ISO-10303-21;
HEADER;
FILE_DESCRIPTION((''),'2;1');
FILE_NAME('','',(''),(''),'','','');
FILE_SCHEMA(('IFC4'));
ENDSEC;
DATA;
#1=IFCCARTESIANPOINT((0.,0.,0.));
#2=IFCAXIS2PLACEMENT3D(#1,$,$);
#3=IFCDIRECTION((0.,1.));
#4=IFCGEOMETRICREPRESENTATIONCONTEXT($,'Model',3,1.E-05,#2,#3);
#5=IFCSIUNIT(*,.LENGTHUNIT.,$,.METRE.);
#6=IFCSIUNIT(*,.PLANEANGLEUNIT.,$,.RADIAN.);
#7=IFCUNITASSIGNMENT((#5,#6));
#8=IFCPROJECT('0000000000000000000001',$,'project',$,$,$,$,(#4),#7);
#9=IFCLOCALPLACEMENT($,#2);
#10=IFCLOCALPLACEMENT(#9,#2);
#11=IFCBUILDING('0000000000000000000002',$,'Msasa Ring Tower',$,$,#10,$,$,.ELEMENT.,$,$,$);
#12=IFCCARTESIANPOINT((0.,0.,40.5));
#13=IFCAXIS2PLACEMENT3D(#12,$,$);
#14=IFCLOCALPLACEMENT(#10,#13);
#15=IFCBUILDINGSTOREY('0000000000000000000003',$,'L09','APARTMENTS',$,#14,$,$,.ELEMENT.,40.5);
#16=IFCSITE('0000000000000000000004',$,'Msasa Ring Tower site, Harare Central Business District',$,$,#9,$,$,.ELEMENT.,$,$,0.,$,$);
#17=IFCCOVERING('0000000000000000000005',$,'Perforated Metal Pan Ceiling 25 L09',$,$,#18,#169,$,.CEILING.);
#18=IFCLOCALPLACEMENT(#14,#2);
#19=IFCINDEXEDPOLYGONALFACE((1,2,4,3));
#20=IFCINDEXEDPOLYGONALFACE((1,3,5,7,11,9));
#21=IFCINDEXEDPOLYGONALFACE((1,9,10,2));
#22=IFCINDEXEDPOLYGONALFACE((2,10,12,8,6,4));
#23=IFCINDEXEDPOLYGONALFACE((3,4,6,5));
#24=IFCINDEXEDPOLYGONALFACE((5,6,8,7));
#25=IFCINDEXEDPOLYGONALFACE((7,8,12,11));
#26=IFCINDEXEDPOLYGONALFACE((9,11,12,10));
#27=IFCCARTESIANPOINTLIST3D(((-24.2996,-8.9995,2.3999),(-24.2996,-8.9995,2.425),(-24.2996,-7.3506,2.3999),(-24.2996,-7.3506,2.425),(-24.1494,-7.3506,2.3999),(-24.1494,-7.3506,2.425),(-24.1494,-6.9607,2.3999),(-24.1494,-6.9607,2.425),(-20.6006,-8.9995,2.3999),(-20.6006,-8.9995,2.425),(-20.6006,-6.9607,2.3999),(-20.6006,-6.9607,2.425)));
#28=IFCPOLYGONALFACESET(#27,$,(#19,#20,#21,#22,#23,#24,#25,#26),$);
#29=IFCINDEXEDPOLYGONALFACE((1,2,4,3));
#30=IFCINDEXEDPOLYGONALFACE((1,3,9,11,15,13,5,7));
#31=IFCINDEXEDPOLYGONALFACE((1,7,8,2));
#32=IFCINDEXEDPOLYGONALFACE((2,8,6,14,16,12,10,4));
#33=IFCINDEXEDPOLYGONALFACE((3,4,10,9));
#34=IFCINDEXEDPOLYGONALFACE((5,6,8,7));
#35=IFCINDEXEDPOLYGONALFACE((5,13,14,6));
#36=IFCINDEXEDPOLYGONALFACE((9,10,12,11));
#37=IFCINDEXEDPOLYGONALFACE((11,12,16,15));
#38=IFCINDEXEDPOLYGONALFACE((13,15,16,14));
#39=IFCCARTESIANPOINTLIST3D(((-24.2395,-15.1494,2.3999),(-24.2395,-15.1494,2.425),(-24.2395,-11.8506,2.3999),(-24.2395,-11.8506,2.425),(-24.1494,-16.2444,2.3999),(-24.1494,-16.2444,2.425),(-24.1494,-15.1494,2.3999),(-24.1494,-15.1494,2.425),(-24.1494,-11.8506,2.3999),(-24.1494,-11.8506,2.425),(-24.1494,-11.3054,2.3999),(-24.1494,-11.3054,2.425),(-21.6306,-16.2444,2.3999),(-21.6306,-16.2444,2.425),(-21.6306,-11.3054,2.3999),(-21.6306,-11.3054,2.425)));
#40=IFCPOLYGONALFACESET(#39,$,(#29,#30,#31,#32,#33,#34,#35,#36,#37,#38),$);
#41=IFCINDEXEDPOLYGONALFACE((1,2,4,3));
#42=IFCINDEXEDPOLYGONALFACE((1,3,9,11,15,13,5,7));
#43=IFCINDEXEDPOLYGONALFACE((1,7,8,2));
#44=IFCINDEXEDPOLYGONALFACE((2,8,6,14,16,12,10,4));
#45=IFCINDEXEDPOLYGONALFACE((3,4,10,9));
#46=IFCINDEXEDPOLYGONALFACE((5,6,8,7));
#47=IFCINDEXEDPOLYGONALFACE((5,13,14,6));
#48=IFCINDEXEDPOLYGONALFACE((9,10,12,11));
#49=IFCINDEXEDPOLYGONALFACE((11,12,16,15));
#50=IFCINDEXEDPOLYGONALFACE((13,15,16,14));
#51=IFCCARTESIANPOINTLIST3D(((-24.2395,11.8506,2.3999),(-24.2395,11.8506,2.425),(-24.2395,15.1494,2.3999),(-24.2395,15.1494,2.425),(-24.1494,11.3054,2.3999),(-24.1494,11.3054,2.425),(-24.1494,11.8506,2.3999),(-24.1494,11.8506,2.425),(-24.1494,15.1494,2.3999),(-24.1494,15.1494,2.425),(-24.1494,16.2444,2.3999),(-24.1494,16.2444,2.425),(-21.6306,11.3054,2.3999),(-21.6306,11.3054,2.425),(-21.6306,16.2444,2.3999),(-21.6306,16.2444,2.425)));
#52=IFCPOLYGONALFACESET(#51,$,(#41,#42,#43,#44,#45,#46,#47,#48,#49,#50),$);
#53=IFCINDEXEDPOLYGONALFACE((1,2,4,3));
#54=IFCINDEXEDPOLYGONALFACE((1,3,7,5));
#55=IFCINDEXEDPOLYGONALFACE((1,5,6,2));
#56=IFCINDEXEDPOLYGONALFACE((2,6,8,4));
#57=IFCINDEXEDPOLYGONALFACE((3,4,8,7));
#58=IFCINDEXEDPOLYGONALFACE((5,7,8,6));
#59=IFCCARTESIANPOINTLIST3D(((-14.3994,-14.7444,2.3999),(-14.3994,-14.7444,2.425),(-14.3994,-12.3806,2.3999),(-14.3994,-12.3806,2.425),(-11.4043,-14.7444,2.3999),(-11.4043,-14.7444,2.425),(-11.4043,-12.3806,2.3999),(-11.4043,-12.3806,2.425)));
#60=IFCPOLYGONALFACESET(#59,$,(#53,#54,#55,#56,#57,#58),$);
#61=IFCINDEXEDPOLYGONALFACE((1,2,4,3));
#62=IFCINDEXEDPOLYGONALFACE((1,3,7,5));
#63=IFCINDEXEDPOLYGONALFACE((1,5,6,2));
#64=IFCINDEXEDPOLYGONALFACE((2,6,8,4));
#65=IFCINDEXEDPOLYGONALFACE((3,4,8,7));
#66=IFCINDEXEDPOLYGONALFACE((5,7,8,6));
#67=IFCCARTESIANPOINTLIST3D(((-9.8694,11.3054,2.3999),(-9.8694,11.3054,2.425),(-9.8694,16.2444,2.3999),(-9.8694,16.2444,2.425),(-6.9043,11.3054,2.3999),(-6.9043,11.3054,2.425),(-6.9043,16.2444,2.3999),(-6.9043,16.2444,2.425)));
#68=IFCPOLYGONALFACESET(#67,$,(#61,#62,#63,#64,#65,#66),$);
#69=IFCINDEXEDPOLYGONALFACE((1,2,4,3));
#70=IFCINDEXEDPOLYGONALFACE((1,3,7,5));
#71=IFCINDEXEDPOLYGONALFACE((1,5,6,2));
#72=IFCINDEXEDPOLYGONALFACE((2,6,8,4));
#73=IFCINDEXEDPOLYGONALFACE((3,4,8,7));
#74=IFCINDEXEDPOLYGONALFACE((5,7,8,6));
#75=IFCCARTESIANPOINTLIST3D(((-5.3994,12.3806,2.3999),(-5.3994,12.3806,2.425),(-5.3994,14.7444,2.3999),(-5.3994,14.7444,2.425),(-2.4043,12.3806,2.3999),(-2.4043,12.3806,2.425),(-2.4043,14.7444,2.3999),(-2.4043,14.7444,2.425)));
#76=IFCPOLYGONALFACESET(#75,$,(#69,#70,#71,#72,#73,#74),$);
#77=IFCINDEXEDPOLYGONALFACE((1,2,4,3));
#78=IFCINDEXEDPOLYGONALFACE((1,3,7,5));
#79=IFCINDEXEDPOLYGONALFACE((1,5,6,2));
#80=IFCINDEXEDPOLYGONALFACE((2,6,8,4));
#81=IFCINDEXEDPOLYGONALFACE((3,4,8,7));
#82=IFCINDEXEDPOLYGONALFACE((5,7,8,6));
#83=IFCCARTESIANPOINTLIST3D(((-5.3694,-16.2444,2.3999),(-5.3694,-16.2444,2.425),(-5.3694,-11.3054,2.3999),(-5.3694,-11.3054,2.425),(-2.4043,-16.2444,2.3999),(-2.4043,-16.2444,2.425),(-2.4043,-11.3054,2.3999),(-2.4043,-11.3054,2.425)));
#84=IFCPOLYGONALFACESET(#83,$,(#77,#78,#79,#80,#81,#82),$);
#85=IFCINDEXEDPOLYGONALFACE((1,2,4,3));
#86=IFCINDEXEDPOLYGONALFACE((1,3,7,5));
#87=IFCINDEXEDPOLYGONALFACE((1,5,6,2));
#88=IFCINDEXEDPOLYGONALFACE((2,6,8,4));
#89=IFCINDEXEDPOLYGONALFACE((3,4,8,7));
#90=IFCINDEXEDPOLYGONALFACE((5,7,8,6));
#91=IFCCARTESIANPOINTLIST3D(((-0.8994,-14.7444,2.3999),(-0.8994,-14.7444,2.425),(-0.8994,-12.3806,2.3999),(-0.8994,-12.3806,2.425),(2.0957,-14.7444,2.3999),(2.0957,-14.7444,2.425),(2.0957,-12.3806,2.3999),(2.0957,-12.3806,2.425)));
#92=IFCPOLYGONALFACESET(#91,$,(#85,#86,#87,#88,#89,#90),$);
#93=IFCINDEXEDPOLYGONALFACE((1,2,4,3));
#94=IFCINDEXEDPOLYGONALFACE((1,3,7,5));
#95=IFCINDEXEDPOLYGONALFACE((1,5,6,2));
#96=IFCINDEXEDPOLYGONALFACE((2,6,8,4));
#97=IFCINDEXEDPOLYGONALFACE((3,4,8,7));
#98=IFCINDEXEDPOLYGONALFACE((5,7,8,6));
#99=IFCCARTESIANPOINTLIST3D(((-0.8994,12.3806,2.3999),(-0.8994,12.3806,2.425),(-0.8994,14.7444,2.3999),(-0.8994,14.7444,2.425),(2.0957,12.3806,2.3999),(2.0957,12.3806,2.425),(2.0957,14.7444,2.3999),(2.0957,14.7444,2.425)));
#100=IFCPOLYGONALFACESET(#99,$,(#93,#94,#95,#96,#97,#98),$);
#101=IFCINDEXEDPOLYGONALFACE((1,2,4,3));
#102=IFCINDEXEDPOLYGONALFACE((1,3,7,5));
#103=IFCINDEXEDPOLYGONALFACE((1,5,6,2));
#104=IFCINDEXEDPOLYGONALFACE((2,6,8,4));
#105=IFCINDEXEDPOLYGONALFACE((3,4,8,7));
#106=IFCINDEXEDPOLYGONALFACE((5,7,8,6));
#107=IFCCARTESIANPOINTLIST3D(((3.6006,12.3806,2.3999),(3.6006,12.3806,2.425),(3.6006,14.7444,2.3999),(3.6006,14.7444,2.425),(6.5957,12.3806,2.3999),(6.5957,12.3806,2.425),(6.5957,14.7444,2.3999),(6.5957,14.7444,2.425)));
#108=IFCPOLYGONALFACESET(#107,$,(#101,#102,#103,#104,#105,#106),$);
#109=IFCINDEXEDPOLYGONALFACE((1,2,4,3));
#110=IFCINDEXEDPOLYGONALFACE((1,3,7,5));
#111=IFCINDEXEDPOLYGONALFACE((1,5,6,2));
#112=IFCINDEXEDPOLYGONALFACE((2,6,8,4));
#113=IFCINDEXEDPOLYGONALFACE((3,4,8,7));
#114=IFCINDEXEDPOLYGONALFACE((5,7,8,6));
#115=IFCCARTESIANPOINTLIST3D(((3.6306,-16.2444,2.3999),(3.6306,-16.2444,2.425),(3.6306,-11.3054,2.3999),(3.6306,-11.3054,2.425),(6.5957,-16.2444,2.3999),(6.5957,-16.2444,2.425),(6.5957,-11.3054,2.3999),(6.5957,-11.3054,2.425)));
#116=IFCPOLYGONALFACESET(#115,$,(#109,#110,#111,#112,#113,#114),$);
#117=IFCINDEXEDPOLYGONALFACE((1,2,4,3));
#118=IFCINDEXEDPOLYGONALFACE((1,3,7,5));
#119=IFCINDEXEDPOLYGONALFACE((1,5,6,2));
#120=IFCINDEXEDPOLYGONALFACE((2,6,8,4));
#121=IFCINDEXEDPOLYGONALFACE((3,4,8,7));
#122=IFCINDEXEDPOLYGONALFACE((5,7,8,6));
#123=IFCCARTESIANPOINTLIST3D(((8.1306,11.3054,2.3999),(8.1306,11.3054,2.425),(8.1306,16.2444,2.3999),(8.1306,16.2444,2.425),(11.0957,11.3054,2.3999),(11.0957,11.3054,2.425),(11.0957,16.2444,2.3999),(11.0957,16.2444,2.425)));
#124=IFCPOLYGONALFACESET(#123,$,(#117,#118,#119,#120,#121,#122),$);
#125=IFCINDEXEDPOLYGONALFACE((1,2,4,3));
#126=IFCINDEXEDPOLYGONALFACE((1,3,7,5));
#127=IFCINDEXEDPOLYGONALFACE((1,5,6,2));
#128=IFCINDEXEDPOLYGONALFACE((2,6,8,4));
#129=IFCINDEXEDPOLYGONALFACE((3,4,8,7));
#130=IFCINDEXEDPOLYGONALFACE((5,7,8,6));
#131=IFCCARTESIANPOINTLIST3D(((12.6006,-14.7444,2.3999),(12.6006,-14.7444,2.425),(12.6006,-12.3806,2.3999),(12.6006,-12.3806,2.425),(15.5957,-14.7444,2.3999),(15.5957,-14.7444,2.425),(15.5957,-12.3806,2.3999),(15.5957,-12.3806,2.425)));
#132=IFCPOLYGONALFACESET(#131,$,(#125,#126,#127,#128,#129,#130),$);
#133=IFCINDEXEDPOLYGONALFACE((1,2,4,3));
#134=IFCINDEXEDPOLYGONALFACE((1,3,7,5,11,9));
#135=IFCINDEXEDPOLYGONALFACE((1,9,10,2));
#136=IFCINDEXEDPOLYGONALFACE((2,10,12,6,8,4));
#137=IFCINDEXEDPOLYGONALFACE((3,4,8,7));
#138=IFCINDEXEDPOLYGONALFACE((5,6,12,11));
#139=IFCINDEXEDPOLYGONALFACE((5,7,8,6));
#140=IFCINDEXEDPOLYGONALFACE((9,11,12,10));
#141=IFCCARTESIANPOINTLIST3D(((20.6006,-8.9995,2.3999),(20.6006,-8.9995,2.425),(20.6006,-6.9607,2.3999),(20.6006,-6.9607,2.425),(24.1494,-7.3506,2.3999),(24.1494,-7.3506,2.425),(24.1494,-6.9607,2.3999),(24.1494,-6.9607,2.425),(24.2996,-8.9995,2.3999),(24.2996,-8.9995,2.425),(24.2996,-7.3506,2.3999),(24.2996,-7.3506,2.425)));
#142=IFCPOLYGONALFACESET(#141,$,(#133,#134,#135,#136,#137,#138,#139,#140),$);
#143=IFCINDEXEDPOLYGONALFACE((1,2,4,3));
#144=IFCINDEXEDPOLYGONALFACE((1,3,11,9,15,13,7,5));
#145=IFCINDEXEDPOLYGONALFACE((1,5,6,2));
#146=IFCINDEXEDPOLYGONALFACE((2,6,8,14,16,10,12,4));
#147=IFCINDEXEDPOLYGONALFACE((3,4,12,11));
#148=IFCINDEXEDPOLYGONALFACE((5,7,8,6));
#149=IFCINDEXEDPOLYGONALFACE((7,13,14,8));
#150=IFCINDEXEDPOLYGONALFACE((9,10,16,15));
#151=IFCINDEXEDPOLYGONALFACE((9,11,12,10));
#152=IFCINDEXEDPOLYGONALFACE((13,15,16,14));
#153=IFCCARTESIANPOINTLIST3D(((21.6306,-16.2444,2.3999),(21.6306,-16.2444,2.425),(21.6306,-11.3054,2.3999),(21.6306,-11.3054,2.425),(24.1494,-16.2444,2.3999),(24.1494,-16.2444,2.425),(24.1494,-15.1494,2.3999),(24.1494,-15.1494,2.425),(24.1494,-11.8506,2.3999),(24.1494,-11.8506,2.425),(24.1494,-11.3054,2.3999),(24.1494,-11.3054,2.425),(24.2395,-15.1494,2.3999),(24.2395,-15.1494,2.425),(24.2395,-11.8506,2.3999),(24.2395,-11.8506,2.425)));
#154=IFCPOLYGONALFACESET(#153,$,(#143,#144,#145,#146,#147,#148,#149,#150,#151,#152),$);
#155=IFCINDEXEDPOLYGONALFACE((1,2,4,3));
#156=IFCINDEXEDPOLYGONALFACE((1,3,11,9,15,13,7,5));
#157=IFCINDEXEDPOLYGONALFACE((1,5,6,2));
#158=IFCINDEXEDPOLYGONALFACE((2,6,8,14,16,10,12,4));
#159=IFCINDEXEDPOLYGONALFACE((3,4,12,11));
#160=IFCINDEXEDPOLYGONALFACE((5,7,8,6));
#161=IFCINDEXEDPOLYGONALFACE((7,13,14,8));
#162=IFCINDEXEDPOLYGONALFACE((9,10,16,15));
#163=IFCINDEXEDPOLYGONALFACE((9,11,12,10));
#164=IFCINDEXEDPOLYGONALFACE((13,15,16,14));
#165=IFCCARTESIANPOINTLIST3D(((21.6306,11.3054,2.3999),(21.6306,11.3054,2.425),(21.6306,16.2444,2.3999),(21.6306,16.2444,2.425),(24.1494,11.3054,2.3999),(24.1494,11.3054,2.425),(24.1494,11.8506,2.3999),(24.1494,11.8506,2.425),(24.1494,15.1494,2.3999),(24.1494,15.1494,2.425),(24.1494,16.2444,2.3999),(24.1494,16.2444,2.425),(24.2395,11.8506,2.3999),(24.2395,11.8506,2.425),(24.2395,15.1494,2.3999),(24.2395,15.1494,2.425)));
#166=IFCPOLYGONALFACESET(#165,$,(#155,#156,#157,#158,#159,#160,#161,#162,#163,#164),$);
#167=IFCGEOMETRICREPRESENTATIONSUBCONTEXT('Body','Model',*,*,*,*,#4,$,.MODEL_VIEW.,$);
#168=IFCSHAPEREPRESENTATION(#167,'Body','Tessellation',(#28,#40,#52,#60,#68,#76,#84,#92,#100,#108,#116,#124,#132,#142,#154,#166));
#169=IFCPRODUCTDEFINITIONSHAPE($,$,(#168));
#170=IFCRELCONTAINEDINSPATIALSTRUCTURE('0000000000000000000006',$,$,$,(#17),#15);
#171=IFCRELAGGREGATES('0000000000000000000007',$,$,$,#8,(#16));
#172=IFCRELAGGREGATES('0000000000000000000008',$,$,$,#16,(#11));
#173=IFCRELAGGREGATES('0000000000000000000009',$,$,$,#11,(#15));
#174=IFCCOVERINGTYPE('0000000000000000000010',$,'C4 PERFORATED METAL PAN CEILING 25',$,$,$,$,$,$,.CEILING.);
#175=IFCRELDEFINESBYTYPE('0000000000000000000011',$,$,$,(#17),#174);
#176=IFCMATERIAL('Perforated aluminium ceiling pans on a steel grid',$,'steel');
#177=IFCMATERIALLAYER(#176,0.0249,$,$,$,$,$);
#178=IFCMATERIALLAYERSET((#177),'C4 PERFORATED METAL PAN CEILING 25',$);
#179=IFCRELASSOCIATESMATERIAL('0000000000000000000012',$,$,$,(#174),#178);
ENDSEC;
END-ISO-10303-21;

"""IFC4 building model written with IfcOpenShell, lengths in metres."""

from ifc_helpers import new_model, si_unit, direction, frame, origin, place, context, subcontext, project, spatial, line, indexed_curve, outline, extrude, material, layer, layer_set, type_object, element, save


model = new_model("IFC4")

# Units and contexts
model_context = context("Model", 3, precision=1e-05, world=origin(), true_north=direction((0.0, 1.0)))
body_context = subcontext(model_context, "Body", "Model", "MODEL_VIEW")
ifc_project = project(units=[si_unit("LENGTHUNIT", "METRE"), si_unit("PLANEANGLEUNIT", "RADIAN")], contexts=[model_context])

# Site, building, storey
site_placement = place(None, origin())
site = spatial("IfcSite", under=ifc_project, at=site_placement, Name="Msasa Ring Tower site, Harare Central Business District", CompositionType="ELEMENT", RefElevation=0.0)
building_placement = place(site_placement, origin())
building = spatial("IfcBuilding", under=site, at=building_placement, Name="Msasa Ring Tower", CompositionType="ELEMENT")
storey_placement = place(building_placement, frame((0.0, 0.0, 40.5)))
storey = spatial("IfcBuildingStorey", under=building, at=storey_placement, Name="L09", Description="APARTMENTS", CompositionType="ELEMENT", Elevation=40.5)

# Covering
ifc_material_1 = material(Name="Perforated aluminium ceiling pans on a steel grid", Category="steel")
ifc_layer_1 = layer(ifc_material_1, 0.0249)
ifc_layer_set_1 = layer_set([ifc_layer_1], Name="C4 PERFORATED METAL PAN CEILING 25")
covering_type_1 = type_object("IfcCoveringType", Name="C4 PERFORATED METAL PAN CEILING 25", PredefinedType="CEILING", material=ifc_layer_set_1)
covering_1_placement = place(storey_placement, frame((0.0, 0.0, 2.3999)))
element("IfcCovering", 1, at=covering_1_placement, inside=storey, type_object=covering_type_1, Name="Perforated Metal Pan Ceiling 25 L09", PredefinedType="CEILING", context=body_context, shape_type="SweptSolid", body=[
    extrude(outline(indexed_curve([(-20.6006, -8.9995), (-24.2996, -8.9995), (-24.2996, -7.3506), (-24.1494, -7.3506), (-24.1494, -6.9607), (-20.6006, -6.9607)], segments=[line(1, 2, 3, 4, 5, 6, 1)], self_intersect=False)), origin(), (0.0, 0.0, 1.0), 0.0251),
    extrude(outline(indexed_curve([(-24.2395, -11.8506), (-24.1494, -11.8506), (-24.1494, -11.3054), (-21.6306, -11.3054), (-21.6306, -16.2444), (-24.1494, -16.2444), (-24.1494, -15.1494), (-24.2395, -15.1494)], segments=[line(1, 2, 3, 4, 5, 6, 7, 8, 1)], self_intersect=False)), origin(), (0.0, 0.0, 1.0), 0.0251),
    extrude(outline(indexed_curve([(-24.2395, 15.1494), (-24.1494, 15.1494), (-24.1494, 16.2444), (-21.6306, 16.2444), (-21.6306, 11.3054), (-24.1494, 11.3054), (-24.1494, 11.8506), (-24.2395, 11.8506)], segments=[line(1, 2, 3, 4, 5, 6, 7, 8, 1)], self_intersect=False)), origin(), (0.0, 0.0, 1.0), 0.0251),
    extrude(outline(indexed_curve([(-14.3994, -12.3806), (-11.4043, -12.3806), (-11.4043, -14.7444), (-14.3994, -14.7444)], segments=[line(1, 2, 3, 4, 1)], self_intersect=False)), origin(), (0.0, 0.0, 1.0), 0.0251),
    extrude(outline(indexed_curve([(-9.8694, 16.2444), (-6.9043, 16.2444), (-6.9043, 11.3054), (-9.8694, 11.3054)], segments=[line(1, 2, 3, 4, 1)], self_intersect=False)), origin(), (0.0, 0.0, 1.0), 0.0251),
    extrude(outline(indexed_curve([(-5.3994, 14.7444), (-2.4043, 14.7444), (-2.4043, 12.3806), (-5.3994, 12.3806)], segments=[line(1, 2, 3, 4, 1)], self_intersect=False)), origin(), (0.0, 0.0, 1.0), 0.0251),
    extrude(outline(indexed_curve([(-5.3694, -11.3054), (-2.4043, -11.3054), (-2.4043, -16.2444), (-5.3694, -16.2444)], segments=[line(1, 2, 3, 4, 1)], self_intersect=False)), origin(), (0.0, 0.0, 1.0), 0.0251),
    extrude(outline(indexed_curve([(-0.8994, -12.3806), (2.0957, -12.3806), (2.0957, -14.7444), (-0.8994, -14.7444)], segments=[line(1, 2, 3, 4, 1)], self_intersect=False)), origin(), (0.0, 0.0, 1.0), 0.0251),
    extrude(outline(indexed_curve([(-0.8994, 14.7444), (2.0957, 14.7444), (2.0957, 12.3806), (-0.8994, 12.3806)], segments=[line(1, 2, 3, 4, 1)], self_intersect=False)), origin(), (0.0, 0.0, 1.0), 0.0251),
    extrude(outline(indexed_curve([(3.6006, 14.7444), (6.5957, 14.7444), (6.5957, 12.3806), (3.6006, 12.3806)], segments=[line(1, 2, 3, 4, 1)], self_intersect=False)), origin(), (0.0, 0.0, 1.0), 0.0251),
    extrude(outline(indexed_curve([(3.6306, -11.3054), (6.5957, -11.3054), (6.5957, -16.2444), (3.6306, -16.2444)], segments=[line(1, 2, 3, 4, 1)], self_intersect=False)), origin(), (0.0, 0.0, 1.0), 0.0251),
    extrude(outline(indexed_curve([(8.1306, 16.2444), (11.0957, 16.2444), (11.0957, 11.3054), (8.1306, 11.3054)], segments=[line(1, 2, 3, 4, 1)], self_intersect=False)), origin(), (0.0, 0.0, 1.0), 0.0251),
    extrude(outline(indexed_curve([(12.6006, -12.3806), (15.5957, -12.3806), (15.5957, -14.7444), (12.6006, -14.7444)], segments=[line(1, 2, 3, 4, 1)], self_intersect=False)), origin(), (0.0, 0.0, 1.0), 0.0251),
    extrude(outline(indexed_curve([(20.6006, -8.9995), (20.6006, -6.9607), (24.1494, -6.9607), (24.1494, -7.3506), (24.2996, -7.3506), (24.2996, -8.9995)], segments=[line(1, 2, 3, 4, 5, 6, 1)], self_intersect=False)), origin(), (0.0, 0.0, 1.0), 0.0251),
    extrude(outline(indexed_curve([(21.6306, -11.3054), (24.1494, -11.3054), (24.1494, -11.8506), (24.2395, -11.8506), (24.2395, -15.1494), (24.1494, -15.1494), (24.1494, -16.2444), (21.6306, -16.2444)], segments=[line(1, 2, 3, 4, 5, 6, 7, 8, 1)], self_intersect=False)), origin(), (0.0, 0.0, 1.0), 0.0251),
    extrude(outline(indexed_curve([(21.6306, 16.2444), (24.1494, 16.2444), (24.1494, 15.1494), (24.2395, 15.1494), (24.2395, 11.8506), (24.1494, 11.8506), (24.1494, 11.3054), (21.6306, 11.3054)], segments=[line(1, 2, 3, 4, 5, 6, 7, 8, 1)], self_intersect=False)), origin(), (0.0, 0.0, 1.0), 0.0251),
])

save(model, "model.ifc")
